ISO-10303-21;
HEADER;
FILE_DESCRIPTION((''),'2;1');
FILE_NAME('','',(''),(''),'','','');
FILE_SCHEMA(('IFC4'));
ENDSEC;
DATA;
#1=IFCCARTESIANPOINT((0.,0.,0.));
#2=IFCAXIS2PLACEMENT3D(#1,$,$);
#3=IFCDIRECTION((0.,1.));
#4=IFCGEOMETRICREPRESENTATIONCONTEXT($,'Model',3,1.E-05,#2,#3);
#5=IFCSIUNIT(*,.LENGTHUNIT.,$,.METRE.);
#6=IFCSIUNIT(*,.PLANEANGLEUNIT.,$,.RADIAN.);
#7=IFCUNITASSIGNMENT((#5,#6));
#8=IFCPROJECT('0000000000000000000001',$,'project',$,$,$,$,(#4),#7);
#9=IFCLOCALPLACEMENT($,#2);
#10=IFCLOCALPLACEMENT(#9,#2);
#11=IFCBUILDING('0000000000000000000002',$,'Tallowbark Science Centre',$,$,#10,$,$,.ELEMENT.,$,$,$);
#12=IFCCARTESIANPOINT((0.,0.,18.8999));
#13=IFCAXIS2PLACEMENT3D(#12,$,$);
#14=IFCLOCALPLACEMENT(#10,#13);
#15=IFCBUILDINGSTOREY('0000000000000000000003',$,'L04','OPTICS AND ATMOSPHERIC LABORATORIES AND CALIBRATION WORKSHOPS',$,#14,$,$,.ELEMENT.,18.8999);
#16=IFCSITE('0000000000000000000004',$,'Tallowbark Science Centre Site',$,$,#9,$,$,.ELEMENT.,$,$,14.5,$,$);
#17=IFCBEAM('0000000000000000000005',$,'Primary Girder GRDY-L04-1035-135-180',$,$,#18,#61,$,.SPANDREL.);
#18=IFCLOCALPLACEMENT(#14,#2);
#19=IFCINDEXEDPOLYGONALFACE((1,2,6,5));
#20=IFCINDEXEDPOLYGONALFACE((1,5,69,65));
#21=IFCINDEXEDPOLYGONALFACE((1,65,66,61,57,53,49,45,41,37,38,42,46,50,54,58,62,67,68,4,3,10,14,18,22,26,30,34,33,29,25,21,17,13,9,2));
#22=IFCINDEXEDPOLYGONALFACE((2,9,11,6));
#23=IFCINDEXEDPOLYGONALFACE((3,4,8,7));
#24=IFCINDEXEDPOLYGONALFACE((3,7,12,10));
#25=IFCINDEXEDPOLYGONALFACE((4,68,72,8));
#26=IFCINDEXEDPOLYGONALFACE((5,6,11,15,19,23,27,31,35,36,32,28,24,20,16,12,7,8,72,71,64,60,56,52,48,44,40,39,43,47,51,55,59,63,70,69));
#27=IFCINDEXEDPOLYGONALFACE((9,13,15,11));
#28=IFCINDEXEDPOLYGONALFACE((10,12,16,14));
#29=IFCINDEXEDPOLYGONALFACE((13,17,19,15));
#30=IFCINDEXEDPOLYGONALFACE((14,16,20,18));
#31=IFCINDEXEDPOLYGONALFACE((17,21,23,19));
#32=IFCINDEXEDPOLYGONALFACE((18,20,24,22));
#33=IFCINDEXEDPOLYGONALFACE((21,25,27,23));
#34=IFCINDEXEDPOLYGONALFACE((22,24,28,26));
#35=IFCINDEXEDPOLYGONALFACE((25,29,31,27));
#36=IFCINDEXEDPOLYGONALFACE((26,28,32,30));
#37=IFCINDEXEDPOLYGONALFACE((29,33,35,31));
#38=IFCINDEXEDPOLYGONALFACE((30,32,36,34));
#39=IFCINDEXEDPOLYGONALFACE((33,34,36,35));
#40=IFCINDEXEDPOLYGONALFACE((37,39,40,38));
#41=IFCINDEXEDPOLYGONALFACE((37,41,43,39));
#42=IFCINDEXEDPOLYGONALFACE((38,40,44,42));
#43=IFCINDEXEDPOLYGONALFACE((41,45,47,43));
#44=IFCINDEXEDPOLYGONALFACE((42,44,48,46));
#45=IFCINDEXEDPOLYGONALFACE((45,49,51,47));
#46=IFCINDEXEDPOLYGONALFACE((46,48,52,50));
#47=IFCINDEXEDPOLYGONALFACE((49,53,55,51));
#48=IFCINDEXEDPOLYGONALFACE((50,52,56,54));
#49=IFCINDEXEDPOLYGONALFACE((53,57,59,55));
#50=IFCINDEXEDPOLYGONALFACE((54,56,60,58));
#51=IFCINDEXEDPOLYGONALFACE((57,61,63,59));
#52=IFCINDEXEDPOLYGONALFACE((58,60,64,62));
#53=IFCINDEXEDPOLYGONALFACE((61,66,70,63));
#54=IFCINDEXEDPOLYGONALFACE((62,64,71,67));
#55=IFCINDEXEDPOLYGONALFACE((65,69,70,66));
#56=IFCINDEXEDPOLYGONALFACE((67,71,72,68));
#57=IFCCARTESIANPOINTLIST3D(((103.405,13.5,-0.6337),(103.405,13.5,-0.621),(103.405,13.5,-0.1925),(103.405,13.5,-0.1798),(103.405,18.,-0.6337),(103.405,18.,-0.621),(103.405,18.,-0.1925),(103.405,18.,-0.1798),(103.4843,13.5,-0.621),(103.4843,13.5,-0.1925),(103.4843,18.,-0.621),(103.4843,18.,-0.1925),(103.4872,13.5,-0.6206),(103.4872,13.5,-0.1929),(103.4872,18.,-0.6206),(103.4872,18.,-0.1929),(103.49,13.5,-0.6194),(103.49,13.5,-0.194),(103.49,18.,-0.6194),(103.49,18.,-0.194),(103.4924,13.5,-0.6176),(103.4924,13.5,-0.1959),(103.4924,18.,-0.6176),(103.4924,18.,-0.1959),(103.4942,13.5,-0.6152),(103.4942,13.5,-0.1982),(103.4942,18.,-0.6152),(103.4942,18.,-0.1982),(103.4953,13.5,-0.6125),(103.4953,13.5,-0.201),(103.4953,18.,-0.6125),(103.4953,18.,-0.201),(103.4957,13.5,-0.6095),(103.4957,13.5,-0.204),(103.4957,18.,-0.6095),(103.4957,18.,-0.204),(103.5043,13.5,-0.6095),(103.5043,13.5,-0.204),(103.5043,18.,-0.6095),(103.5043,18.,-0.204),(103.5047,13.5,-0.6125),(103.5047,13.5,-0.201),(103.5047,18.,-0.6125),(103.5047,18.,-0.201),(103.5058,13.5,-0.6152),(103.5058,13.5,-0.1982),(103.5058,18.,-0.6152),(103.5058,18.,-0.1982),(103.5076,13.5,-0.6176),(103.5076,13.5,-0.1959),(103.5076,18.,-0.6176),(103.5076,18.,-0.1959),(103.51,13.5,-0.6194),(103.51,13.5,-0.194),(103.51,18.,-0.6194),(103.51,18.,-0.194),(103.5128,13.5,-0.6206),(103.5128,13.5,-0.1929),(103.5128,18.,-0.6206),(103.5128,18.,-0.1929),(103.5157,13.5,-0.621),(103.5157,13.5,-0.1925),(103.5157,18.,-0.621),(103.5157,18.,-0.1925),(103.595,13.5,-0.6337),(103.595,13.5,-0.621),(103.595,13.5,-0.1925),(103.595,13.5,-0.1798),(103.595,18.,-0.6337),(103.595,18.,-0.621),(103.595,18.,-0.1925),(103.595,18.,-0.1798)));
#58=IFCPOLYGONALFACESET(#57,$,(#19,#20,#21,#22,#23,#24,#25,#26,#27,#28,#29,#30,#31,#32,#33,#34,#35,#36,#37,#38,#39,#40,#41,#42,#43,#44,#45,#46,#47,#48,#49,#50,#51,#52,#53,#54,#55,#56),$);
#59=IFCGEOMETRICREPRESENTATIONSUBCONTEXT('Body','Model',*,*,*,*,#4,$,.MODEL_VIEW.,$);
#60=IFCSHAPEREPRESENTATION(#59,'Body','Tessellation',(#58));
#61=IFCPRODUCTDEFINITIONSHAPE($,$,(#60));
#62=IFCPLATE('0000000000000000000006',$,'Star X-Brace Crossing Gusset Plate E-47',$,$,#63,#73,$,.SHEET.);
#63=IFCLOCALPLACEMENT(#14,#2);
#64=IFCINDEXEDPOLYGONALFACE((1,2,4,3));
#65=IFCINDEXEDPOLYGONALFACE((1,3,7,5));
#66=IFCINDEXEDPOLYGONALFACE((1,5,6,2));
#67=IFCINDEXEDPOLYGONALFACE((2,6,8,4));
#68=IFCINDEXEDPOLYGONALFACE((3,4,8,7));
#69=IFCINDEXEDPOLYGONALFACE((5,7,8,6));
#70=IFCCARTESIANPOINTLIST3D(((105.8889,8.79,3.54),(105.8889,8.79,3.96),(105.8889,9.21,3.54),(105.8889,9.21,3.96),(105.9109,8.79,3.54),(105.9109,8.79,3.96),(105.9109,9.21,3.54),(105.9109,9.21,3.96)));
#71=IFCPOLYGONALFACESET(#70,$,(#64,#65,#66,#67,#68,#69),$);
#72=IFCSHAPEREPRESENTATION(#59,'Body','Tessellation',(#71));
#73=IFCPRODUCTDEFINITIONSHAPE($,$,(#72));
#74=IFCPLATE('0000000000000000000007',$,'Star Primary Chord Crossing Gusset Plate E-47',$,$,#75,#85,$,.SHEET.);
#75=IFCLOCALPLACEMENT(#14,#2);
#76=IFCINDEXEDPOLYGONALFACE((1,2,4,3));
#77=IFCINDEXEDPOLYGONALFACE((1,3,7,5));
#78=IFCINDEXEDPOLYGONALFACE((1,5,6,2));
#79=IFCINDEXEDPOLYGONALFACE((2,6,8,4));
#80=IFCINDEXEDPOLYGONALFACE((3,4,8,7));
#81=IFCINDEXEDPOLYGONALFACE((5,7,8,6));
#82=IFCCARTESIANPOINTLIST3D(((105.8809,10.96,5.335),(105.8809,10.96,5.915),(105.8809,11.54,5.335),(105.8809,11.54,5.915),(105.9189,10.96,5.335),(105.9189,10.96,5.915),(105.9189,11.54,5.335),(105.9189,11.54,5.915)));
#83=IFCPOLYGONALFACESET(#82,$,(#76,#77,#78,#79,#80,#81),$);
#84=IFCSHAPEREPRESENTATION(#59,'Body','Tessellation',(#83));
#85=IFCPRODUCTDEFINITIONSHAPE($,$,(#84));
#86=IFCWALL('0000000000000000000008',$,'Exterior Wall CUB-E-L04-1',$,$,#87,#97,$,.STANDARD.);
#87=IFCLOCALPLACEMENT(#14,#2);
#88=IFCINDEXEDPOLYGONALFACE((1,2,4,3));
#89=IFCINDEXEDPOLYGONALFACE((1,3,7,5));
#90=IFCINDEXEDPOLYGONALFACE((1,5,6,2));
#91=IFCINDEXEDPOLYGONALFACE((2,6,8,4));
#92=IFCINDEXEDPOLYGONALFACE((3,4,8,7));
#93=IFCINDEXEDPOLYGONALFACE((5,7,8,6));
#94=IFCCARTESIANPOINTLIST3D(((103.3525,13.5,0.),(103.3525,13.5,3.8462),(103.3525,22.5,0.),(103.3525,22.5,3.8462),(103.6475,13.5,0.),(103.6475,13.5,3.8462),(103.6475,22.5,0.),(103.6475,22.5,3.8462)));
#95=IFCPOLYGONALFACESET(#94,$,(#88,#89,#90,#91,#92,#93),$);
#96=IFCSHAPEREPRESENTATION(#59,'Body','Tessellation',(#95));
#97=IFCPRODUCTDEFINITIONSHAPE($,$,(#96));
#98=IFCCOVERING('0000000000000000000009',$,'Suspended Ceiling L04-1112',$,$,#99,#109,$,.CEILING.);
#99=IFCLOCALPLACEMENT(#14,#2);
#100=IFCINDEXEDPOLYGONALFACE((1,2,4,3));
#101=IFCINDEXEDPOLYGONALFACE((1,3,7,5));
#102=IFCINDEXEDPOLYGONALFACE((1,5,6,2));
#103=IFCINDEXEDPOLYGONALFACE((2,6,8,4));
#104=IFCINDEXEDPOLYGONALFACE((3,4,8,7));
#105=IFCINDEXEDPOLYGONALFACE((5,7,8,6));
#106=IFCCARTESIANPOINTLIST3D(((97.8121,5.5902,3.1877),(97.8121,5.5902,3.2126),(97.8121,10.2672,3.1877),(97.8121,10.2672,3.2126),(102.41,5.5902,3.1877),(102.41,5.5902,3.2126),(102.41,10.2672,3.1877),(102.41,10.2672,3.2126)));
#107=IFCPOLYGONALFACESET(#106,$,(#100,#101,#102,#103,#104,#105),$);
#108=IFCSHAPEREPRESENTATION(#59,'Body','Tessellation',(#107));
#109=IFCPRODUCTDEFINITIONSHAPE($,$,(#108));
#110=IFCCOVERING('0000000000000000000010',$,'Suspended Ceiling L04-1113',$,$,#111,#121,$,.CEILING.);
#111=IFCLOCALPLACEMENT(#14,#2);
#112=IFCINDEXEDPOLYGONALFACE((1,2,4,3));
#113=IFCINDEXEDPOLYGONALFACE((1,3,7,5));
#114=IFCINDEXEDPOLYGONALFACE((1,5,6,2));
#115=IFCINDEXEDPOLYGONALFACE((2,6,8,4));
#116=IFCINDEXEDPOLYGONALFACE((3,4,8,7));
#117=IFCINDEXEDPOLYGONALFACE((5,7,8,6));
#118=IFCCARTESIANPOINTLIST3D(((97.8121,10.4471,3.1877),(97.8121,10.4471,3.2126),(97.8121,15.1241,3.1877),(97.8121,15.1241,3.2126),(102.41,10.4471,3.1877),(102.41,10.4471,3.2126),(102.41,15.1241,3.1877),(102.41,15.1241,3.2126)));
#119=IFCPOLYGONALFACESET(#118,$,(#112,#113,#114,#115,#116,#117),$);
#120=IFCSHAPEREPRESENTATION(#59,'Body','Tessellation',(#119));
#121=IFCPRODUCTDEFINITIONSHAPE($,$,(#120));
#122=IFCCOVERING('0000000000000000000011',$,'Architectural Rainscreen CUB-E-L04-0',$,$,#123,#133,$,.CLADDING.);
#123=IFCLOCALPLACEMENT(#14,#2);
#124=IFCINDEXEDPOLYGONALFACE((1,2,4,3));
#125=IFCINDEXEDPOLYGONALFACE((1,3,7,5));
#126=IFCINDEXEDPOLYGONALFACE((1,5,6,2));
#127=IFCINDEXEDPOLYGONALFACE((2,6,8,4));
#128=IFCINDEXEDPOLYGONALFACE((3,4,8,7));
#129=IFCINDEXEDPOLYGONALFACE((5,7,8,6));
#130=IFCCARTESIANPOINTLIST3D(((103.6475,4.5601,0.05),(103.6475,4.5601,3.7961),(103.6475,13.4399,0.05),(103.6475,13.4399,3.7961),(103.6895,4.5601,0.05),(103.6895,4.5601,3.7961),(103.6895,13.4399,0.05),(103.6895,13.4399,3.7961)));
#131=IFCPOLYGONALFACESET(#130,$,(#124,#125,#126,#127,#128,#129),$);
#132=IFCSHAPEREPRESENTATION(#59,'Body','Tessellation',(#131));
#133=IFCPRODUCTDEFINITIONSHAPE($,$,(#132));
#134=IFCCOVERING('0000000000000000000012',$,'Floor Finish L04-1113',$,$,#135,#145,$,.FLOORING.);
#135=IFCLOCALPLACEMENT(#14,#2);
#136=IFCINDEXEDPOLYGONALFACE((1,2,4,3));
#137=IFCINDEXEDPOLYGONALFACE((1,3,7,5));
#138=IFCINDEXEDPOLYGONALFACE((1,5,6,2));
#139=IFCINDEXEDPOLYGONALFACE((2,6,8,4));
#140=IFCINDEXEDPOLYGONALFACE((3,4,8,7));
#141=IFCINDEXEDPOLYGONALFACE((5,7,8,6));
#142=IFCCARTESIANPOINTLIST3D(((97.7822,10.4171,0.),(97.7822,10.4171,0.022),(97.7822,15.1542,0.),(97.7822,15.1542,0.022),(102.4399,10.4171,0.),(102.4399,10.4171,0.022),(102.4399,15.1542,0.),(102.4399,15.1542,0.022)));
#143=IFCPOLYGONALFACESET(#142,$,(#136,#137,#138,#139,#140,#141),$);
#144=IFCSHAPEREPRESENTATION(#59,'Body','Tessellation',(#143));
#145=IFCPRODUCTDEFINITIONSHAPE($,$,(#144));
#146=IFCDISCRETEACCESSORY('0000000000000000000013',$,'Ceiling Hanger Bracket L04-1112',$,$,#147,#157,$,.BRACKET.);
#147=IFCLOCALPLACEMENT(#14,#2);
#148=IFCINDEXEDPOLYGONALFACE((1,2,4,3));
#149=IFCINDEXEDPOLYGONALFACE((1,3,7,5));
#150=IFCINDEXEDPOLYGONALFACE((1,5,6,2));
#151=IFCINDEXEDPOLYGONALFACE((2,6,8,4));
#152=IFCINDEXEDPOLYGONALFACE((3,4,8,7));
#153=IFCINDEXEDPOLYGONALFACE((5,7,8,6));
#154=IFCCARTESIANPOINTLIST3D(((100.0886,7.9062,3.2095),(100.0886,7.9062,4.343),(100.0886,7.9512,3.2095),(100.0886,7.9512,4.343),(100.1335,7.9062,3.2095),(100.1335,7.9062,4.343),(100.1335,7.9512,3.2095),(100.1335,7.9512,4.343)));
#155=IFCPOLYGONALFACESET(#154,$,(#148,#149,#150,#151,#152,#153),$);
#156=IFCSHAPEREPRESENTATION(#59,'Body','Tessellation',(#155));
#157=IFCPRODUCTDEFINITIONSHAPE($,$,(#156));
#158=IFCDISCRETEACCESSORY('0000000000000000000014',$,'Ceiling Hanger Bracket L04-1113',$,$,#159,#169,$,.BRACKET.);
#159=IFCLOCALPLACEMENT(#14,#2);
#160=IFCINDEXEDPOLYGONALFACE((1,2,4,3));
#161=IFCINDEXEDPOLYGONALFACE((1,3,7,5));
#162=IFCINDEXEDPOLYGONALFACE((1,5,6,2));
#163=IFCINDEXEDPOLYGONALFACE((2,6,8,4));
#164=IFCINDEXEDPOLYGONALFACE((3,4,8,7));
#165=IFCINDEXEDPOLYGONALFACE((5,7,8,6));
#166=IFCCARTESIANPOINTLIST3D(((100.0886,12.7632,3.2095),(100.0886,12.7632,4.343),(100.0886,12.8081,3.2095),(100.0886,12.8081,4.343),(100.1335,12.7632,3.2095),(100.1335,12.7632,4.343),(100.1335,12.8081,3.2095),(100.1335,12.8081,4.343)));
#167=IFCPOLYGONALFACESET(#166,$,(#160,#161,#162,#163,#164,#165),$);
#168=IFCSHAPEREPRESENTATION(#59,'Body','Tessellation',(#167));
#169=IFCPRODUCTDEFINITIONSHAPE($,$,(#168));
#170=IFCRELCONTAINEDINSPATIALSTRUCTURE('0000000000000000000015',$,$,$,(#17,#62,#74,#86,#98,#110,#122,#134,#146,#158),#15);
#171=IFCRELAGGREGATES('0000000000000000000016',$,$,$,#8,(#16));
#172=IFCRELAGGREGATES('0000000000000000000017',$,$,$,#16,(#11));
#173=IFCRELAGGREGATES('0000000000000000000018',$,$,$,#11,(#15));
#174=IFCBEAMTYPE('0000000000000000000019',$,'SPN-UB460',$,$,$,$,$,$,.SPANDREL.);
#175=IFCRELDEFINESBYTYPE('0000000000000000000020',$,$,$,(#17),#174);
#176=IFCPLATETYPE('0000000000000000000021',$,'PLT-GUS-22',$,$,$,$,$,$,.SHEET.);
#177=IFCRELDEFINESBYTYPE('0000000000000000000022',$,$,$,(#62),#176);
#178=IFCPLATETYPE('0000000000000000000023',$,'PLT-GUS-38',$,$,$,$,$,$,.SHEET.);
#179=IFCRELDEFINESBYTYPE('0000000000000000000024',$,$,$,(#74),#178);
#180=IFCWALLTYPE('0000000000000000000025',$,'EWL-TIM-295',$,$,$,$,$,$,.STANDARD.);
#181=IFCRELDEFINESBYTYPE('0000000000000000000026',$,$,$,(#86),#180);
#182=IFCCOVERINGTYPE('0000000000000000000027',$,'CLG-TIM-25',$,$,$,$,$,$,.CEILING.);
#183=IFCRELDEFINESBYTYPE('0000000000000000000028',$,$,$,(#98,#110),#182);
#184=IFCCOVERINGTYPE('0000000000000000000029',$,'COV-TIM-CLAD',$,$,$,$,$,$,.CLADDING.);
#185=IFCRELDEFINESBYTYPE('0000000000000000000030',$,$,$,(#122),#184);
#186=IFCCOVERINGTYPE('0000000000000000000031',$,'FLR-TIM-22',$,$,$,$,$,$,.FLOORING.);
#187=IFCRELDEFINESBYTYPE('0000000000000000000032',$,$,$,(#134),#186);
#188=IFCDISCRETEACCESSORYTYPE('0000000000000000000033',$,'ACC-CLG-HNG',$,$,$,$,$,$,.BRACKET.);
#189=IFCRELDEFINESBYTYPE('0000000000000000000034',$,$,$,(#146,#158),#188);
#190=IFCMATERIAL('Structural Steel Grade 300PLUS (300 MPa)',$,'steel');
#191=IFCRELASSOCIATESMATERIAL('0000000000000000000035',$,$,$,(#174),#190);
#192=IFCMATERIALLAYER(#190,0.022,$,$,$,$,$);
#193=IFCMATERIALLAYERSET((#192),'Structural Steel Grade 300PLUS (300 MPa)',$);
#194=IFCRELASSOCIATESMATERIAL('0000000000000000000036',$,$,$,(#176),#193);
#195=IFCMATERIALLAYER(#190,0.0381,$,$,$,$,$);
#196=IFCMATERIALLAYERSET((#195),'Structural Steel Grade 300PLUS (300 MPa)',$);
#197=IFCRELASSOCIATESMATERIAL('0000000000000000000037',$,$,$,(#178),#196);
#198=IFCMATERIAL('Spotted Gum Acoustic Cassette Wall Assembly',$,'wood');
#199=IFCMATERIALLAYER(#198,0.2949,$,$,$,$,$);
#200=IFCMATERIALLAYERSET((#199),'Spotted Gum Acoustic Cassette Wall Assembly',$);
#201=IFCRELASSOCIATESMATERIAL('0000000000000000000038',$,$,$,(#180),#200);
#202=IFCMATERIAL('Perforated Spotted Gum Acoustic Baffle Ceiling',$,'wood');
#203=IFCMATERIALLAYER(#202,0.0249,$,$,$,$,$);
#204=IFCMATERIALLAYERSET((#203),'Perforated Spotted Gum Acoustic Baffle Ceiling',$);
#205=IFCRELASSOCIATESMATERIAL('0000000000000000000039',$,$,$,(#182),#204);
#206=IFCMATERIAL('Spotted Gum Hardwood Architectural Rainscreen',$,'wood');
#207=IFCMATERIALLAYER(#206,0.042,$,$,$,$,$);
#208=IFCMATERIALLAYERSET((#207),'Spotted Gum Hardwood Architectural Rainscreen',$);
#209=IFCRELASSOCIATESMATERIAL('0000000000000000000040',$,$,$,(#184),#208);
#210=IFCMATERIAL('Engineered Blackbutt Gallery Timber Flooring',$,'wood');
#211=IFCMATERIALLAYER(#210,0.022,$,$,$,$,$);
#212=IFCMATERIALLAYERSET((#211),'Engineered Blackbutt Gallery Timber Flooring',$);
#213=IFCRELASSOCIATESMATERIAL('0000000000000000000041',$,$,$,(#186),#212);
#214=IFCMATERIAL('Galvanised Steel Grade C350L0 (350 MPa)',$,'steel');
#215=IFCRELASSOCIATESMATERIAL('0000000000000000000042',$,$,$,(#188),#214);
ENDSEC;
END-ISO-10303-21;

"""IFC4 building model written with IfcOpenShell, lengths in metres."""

from ifc_helpers import new_model, si_unit, direction, frame, frame_2d, origin, origin_2d, place, context, subcontext, project, spatial, rectangle, i_section, extrude, material, layer, layer_set, material_profile, profile_set, type_object, element, save


model = new_model("IFC4")

# Units and contexts
model_context = context("Model", 3, precision=1e-05, world=origin(), true_north=direction((0.0, 1.0)))
body_context = subcontext(model_context, "Body", "Model", "MODEL_VIEW")
ifc_project = project(units=[si_unit("LENGTHUNIT", "METRE"), si_unit("PLANEANGLEUNIT", "RADIAN")], contexts=[model_context])

# Site, building, storey
site_placement = place(None, origin())
site = spatial("IfcSite", under=ifc_project, at=site_placement, Name="Tallowbark Science Centre Site", CompositionType="ELEMENT", RefElevation=14.5)
building_placement = place(site_placement, origin())
building = spatial("IfcBuilding", under=site, at=building_placement, Name="Tallowbark Science Centre", CompositionType="ELEMENT")
storey_placement = place(building_placement, frame((0.0, 0.0, 18.8999)))
storey = spatial("IfcBuildingStorey", under=building, at=storey_placement, Name="L04", Description="OPTICS AND ATMOSPHERIC LABORATORIES AND CALIBRATION WORKSHOPS", CompositionType="ELEMENT", Elevation=18.8999)

# Shared definitions
ifc_material_1 = material(Name="Structural Steel Grade 300PLUS (300 MPa)", Category="steel")

# Beam
ifc_material_profile_1 = material_profile(ifc_material_1, i_section(OverallWidth=0.1899, OverallDepth=0.4539, WebThickness=0.0085, FlangeThickness=0.0127, FilletRadius=0.0115, at=origin_2d()), Name="460UB67.1")
ifc_profile_set_1 = profile_set([ifc_material_profile_1], Name="Structural Steel Grade 300PLUS (300 MPa)")
beam_type_1 = type_object("IfcBeamType", Name="SPN-UB460", PredefinedType="SPANDREL", material=ifc_profile_set_1)
for number, where, z_axis, x_axis, name in (
    (1, (103.5, 13.5, -0.4067), (0.0, 1.0, 0.0), (-1.0, 0.0, 0.0), "Primary Girder GRDY-L04-1035-135-180"),
):
    element("IfcBeam", number, at=place(storey_placement, frame(where, z_axis=z_axis, x_axis=x_axis)), inside=storey, type_object=beam_type_1, Name=name, PredefinedType="SPANDREL", context=body_context, shape_type="SweptSolid", body=[
        extrude(i_section(OverallWidth=0.1899, OverallDepth=0.4539, WebThickness=0.0085, FlangeThickness=0.0127, FilletRadius=0.0115, at=origin_2d()), origin(), (0.0, 0.0, 1.0), 4.5),
    ])

# Plates
ifc_layer_1 = layer(ifc_material_1, 0.022)
ifc_layer_set_1 = layer_set([ifc_layer_1], Name="Structural Steel Grade 300PLUS (300 MPa)")
plate_type_1 = type_object("IfcPlateType", Name="PLT-GUS-22", PredefinedType="SHEET", material=ifc_layer_set_1)
plate_1_placement = place(storey_placement, frame((105.8999, 9.0, 3.54), z_axis=(0.0, 0.0, 1.0), x_axis=(0.0, 1.0, 0.0)))
element("IfcPlate", 2, at=plate_1_placement, inside=storey, type_object=plate_type_1, Name="Star X-Brace Crossing Gusset Plate E-47", PredefinedType="SHEET", context=body_context, shape_type="SweptSolid", body=[
    extrude(rectangle(XDim=0.4199, YDim=0.022, at=origin_2d()), origin(), (0.0, 0.0, 1.0), 0.4199),
])
ifc_layer_2 = layer(ifc_material_1, 0.0381)
ifc_layer_set_2 = layer_set([ifc_layer_2], Name="Structural Steel Grade 300PLUS (300 MPa)")
plate_type_2 = type_object("IfcPlateType", Name="PLT-GUS-38", PredefinedType="SHEET", material=ifc_layer_set_2)
plate_2_placement = place(storey_placement, frame((105.8999, 11.25, 5.335), z_axis=(0.0, 0.0, 1.0), x_axis=(0.0, 1.0, 0.0)))
element("IfcPlate", 3, at=plate_2_placement, inside=storey, type_object=plate_type_2, Name="Star Primary Chord Crossing Gusset Plate E-47", PredefinedType="SHEET", context=body_context, shape_type="SweptSolid", body=[
    extrude(rectangle(XDim=0.5801, YDim=0.0381, at=origin_2d()), origin(), (0.0, 0.0, 1.0), 0.5801),
])

# Wall
ifc_material_2 = material(Name="Spotted Gum Acoustic Cassette Wall Assembly", Category="wood")
ifc_layer_3 = layer(ifc_material_2, 0.2949)
ifc_layer_set_3 = layer_set([ifc_layer_3], Name="Spotted Gum Acoustic Cassette Wall Assembly")
wall_type = type_object("IfcWallType", Name="EWL-TIM-295", PredefinedType="STANDARD", material=ifc_layer_set_3)
wall_placement = place(storey_placement, frame((103.5, 13.5, 0.0), z_axis=(0.0, 0.0, 1.0), x_axis=(0.0, 1.0, 0.0)))
element("IfcWall", 4, at=wall_placement, inside=storey, type_object=wall_type, Name="Exterior Wall CUB-E-L04-1", PredefinedType="STANDARD", context=body_context, shape_type="SweptSolid", body=[
    extrude(rectangle(XDim=9.0, YDim=0.2949, at=frame_2d((4.5, 0.0))), origin(), (0.0, 0.0, 1.0), 3.8462),
])

# Coverings
ifc_material_3 = material(Name="Perforated Spotted Gum Acoustic Baffle Ceiling", Category="wood")
ifc_layer_4 = layer(ifc_material_3, 0.0249)
ifc_layer_set_4 = layer_set([ifc_layer_4], Name="Perforated Spotted Gum Acoustic Baffle Ceiling")
covering_type_1 = type_object("IfcCoveringType", Name="CLG-TIM-25", PredefinedType="CEILING", material=ifc_layer_set_4)
for number, where, z_axis, x_axis, name in (
    (5, (100.1111, 7.9287, 3.1877), (0.0, 0.0, 1.0), (1.0, 0.0, 0.0), "Suspended Ceiling L04-1112"),
    (6, (100.1111, 12.7856, 3.1877), (0.0, 0.0, 1.0), (1.0, 0.0, 0.0), "Suspended Ceiling L04-1113"),
):
    element("IfcCovering", number, at=place(storey_placement, frame(where, z_axis=z_axis, x_axis=x_axis)), inside=storey, type_object=covering_type_1, Name=name, PredefinedType="CEILING", context=body_context, shape_type="SweptSolid", body=[
        extrude(rectangle(XDim=4.5979, YDim=4.677, at=origin_2d()), origin(), (0.0, 0.0, 1.0), 0.0249),
    ])
ifc_material_4 = material(Name="Spotted Gum Hardwood Architectural Rainscreen", Category="wood")
ifc_layer_5 = layer(ifc_material_4, 0.042)
ifc_layer_set_5 = layer_set([ifc_layer_5], Name="Spotted Gum Hardwood Architectural Rainscreen")
covering_type_2 = type_object("IfcCoveringType", Name="COV-TIM-CLAD", PredefinedType="CLADDING", material=ifc_layer_set_5)
covering_1_placement = place(storey_placement, frame((103.6685, 9.0, 0.05), z_axis=(0.0, 0.0, 1.0), x_axis=(0.0, 1.0, 0.0)))
element("IfcCovering", 7, at=covering_1_placement, inside=storey, type_object=covering_type_2, Name="Architectural Rainscreen CUB-E-L04-0", PredefinedType="CLADDING", context=body_context, shape_type="SweptSolid", body=[
    extrude(rectangle(XDim=8.8799, YDim=0.042, at=origin_2d()), origin(), (0.0, 0.0, 1.0), 3.7461),
])
ifc_material_5 = material(Name="Engineered Blackbutt Gallery Timber Flooring", Category="wood")
ifc_layer_6 = layer(ifc_material_5, 0.022)
ifc_layer_set_6 = layer_set([ifc_layer_6], Name="Engineered Blackbutt Gallery Timber Flooring")
covering_type_3 = type_object("IfcCoveringType", Name="FLR-TIM-22", PredefinedType="FLOORING", material=ifc_layer_set_6)
covering_2_placement = place(storey_placement, frame((100.1111, 12.7856, 0.0), z_axis=(0.0, 0.0, 1.0), x_axis=(1.0, 0.0, 0.0)))
element("IfcCovering", 8, at=covering_2_placement, inside=storey, type_object=covering_type_3, Name="Floor Finish L04-1113", PredefinedType="FLOORING", context=body_context, shape_type="SweptSolid", body=[
    extrude(rectangle(XDim=4.6577, YDim=4.7371, at=origin_2d()), origin(), (0.0, 0.0, 1.0), 0.022),
])

# Discrete accessories
ifc_material_6 = material(Name="Galvanised Steel Grade C350L0 (350 MPa)", Category="steel")
discrete_accessory_type = type_object("IfcDiscreteAccessoryType", Name="ACC-CLG-HNG", PredefinedType="BRACKET", material=ifc_material_6)
for number, where, z_axis, x_axis, name in (
    (9, (100.1111, 7.9287, 3.2095), (0.0, 0.0, 1.0), (1.0, 0.0, 0.0), "Ceiling Hanger Bracket L04-1112"),
    (10, (100.1111, 12.7856, 3.2095), (0.0, 0.0, 1.0), (1.0, 0.0, 0.0), "Ceiling Hanger Bracket L04-1113"),
):
    element("IfcDiscreteAccessory", number, at=place(storey_placement, frame(where, z_axis=z_axis, x_axis=x_axis)), inside=storey, type_object=discrete_accessory_type, Name=name, PredefinedType="BRACKET", context=body_context, shape_type="SweptSolid", body=[
        extrude(rectangle(XDim=0.0449, YDim=0.0449, at=origin_2d()), origin(), (0.0, 0.0, 1.0), 1.1335),
    ])

save(model, "model.ifc")
